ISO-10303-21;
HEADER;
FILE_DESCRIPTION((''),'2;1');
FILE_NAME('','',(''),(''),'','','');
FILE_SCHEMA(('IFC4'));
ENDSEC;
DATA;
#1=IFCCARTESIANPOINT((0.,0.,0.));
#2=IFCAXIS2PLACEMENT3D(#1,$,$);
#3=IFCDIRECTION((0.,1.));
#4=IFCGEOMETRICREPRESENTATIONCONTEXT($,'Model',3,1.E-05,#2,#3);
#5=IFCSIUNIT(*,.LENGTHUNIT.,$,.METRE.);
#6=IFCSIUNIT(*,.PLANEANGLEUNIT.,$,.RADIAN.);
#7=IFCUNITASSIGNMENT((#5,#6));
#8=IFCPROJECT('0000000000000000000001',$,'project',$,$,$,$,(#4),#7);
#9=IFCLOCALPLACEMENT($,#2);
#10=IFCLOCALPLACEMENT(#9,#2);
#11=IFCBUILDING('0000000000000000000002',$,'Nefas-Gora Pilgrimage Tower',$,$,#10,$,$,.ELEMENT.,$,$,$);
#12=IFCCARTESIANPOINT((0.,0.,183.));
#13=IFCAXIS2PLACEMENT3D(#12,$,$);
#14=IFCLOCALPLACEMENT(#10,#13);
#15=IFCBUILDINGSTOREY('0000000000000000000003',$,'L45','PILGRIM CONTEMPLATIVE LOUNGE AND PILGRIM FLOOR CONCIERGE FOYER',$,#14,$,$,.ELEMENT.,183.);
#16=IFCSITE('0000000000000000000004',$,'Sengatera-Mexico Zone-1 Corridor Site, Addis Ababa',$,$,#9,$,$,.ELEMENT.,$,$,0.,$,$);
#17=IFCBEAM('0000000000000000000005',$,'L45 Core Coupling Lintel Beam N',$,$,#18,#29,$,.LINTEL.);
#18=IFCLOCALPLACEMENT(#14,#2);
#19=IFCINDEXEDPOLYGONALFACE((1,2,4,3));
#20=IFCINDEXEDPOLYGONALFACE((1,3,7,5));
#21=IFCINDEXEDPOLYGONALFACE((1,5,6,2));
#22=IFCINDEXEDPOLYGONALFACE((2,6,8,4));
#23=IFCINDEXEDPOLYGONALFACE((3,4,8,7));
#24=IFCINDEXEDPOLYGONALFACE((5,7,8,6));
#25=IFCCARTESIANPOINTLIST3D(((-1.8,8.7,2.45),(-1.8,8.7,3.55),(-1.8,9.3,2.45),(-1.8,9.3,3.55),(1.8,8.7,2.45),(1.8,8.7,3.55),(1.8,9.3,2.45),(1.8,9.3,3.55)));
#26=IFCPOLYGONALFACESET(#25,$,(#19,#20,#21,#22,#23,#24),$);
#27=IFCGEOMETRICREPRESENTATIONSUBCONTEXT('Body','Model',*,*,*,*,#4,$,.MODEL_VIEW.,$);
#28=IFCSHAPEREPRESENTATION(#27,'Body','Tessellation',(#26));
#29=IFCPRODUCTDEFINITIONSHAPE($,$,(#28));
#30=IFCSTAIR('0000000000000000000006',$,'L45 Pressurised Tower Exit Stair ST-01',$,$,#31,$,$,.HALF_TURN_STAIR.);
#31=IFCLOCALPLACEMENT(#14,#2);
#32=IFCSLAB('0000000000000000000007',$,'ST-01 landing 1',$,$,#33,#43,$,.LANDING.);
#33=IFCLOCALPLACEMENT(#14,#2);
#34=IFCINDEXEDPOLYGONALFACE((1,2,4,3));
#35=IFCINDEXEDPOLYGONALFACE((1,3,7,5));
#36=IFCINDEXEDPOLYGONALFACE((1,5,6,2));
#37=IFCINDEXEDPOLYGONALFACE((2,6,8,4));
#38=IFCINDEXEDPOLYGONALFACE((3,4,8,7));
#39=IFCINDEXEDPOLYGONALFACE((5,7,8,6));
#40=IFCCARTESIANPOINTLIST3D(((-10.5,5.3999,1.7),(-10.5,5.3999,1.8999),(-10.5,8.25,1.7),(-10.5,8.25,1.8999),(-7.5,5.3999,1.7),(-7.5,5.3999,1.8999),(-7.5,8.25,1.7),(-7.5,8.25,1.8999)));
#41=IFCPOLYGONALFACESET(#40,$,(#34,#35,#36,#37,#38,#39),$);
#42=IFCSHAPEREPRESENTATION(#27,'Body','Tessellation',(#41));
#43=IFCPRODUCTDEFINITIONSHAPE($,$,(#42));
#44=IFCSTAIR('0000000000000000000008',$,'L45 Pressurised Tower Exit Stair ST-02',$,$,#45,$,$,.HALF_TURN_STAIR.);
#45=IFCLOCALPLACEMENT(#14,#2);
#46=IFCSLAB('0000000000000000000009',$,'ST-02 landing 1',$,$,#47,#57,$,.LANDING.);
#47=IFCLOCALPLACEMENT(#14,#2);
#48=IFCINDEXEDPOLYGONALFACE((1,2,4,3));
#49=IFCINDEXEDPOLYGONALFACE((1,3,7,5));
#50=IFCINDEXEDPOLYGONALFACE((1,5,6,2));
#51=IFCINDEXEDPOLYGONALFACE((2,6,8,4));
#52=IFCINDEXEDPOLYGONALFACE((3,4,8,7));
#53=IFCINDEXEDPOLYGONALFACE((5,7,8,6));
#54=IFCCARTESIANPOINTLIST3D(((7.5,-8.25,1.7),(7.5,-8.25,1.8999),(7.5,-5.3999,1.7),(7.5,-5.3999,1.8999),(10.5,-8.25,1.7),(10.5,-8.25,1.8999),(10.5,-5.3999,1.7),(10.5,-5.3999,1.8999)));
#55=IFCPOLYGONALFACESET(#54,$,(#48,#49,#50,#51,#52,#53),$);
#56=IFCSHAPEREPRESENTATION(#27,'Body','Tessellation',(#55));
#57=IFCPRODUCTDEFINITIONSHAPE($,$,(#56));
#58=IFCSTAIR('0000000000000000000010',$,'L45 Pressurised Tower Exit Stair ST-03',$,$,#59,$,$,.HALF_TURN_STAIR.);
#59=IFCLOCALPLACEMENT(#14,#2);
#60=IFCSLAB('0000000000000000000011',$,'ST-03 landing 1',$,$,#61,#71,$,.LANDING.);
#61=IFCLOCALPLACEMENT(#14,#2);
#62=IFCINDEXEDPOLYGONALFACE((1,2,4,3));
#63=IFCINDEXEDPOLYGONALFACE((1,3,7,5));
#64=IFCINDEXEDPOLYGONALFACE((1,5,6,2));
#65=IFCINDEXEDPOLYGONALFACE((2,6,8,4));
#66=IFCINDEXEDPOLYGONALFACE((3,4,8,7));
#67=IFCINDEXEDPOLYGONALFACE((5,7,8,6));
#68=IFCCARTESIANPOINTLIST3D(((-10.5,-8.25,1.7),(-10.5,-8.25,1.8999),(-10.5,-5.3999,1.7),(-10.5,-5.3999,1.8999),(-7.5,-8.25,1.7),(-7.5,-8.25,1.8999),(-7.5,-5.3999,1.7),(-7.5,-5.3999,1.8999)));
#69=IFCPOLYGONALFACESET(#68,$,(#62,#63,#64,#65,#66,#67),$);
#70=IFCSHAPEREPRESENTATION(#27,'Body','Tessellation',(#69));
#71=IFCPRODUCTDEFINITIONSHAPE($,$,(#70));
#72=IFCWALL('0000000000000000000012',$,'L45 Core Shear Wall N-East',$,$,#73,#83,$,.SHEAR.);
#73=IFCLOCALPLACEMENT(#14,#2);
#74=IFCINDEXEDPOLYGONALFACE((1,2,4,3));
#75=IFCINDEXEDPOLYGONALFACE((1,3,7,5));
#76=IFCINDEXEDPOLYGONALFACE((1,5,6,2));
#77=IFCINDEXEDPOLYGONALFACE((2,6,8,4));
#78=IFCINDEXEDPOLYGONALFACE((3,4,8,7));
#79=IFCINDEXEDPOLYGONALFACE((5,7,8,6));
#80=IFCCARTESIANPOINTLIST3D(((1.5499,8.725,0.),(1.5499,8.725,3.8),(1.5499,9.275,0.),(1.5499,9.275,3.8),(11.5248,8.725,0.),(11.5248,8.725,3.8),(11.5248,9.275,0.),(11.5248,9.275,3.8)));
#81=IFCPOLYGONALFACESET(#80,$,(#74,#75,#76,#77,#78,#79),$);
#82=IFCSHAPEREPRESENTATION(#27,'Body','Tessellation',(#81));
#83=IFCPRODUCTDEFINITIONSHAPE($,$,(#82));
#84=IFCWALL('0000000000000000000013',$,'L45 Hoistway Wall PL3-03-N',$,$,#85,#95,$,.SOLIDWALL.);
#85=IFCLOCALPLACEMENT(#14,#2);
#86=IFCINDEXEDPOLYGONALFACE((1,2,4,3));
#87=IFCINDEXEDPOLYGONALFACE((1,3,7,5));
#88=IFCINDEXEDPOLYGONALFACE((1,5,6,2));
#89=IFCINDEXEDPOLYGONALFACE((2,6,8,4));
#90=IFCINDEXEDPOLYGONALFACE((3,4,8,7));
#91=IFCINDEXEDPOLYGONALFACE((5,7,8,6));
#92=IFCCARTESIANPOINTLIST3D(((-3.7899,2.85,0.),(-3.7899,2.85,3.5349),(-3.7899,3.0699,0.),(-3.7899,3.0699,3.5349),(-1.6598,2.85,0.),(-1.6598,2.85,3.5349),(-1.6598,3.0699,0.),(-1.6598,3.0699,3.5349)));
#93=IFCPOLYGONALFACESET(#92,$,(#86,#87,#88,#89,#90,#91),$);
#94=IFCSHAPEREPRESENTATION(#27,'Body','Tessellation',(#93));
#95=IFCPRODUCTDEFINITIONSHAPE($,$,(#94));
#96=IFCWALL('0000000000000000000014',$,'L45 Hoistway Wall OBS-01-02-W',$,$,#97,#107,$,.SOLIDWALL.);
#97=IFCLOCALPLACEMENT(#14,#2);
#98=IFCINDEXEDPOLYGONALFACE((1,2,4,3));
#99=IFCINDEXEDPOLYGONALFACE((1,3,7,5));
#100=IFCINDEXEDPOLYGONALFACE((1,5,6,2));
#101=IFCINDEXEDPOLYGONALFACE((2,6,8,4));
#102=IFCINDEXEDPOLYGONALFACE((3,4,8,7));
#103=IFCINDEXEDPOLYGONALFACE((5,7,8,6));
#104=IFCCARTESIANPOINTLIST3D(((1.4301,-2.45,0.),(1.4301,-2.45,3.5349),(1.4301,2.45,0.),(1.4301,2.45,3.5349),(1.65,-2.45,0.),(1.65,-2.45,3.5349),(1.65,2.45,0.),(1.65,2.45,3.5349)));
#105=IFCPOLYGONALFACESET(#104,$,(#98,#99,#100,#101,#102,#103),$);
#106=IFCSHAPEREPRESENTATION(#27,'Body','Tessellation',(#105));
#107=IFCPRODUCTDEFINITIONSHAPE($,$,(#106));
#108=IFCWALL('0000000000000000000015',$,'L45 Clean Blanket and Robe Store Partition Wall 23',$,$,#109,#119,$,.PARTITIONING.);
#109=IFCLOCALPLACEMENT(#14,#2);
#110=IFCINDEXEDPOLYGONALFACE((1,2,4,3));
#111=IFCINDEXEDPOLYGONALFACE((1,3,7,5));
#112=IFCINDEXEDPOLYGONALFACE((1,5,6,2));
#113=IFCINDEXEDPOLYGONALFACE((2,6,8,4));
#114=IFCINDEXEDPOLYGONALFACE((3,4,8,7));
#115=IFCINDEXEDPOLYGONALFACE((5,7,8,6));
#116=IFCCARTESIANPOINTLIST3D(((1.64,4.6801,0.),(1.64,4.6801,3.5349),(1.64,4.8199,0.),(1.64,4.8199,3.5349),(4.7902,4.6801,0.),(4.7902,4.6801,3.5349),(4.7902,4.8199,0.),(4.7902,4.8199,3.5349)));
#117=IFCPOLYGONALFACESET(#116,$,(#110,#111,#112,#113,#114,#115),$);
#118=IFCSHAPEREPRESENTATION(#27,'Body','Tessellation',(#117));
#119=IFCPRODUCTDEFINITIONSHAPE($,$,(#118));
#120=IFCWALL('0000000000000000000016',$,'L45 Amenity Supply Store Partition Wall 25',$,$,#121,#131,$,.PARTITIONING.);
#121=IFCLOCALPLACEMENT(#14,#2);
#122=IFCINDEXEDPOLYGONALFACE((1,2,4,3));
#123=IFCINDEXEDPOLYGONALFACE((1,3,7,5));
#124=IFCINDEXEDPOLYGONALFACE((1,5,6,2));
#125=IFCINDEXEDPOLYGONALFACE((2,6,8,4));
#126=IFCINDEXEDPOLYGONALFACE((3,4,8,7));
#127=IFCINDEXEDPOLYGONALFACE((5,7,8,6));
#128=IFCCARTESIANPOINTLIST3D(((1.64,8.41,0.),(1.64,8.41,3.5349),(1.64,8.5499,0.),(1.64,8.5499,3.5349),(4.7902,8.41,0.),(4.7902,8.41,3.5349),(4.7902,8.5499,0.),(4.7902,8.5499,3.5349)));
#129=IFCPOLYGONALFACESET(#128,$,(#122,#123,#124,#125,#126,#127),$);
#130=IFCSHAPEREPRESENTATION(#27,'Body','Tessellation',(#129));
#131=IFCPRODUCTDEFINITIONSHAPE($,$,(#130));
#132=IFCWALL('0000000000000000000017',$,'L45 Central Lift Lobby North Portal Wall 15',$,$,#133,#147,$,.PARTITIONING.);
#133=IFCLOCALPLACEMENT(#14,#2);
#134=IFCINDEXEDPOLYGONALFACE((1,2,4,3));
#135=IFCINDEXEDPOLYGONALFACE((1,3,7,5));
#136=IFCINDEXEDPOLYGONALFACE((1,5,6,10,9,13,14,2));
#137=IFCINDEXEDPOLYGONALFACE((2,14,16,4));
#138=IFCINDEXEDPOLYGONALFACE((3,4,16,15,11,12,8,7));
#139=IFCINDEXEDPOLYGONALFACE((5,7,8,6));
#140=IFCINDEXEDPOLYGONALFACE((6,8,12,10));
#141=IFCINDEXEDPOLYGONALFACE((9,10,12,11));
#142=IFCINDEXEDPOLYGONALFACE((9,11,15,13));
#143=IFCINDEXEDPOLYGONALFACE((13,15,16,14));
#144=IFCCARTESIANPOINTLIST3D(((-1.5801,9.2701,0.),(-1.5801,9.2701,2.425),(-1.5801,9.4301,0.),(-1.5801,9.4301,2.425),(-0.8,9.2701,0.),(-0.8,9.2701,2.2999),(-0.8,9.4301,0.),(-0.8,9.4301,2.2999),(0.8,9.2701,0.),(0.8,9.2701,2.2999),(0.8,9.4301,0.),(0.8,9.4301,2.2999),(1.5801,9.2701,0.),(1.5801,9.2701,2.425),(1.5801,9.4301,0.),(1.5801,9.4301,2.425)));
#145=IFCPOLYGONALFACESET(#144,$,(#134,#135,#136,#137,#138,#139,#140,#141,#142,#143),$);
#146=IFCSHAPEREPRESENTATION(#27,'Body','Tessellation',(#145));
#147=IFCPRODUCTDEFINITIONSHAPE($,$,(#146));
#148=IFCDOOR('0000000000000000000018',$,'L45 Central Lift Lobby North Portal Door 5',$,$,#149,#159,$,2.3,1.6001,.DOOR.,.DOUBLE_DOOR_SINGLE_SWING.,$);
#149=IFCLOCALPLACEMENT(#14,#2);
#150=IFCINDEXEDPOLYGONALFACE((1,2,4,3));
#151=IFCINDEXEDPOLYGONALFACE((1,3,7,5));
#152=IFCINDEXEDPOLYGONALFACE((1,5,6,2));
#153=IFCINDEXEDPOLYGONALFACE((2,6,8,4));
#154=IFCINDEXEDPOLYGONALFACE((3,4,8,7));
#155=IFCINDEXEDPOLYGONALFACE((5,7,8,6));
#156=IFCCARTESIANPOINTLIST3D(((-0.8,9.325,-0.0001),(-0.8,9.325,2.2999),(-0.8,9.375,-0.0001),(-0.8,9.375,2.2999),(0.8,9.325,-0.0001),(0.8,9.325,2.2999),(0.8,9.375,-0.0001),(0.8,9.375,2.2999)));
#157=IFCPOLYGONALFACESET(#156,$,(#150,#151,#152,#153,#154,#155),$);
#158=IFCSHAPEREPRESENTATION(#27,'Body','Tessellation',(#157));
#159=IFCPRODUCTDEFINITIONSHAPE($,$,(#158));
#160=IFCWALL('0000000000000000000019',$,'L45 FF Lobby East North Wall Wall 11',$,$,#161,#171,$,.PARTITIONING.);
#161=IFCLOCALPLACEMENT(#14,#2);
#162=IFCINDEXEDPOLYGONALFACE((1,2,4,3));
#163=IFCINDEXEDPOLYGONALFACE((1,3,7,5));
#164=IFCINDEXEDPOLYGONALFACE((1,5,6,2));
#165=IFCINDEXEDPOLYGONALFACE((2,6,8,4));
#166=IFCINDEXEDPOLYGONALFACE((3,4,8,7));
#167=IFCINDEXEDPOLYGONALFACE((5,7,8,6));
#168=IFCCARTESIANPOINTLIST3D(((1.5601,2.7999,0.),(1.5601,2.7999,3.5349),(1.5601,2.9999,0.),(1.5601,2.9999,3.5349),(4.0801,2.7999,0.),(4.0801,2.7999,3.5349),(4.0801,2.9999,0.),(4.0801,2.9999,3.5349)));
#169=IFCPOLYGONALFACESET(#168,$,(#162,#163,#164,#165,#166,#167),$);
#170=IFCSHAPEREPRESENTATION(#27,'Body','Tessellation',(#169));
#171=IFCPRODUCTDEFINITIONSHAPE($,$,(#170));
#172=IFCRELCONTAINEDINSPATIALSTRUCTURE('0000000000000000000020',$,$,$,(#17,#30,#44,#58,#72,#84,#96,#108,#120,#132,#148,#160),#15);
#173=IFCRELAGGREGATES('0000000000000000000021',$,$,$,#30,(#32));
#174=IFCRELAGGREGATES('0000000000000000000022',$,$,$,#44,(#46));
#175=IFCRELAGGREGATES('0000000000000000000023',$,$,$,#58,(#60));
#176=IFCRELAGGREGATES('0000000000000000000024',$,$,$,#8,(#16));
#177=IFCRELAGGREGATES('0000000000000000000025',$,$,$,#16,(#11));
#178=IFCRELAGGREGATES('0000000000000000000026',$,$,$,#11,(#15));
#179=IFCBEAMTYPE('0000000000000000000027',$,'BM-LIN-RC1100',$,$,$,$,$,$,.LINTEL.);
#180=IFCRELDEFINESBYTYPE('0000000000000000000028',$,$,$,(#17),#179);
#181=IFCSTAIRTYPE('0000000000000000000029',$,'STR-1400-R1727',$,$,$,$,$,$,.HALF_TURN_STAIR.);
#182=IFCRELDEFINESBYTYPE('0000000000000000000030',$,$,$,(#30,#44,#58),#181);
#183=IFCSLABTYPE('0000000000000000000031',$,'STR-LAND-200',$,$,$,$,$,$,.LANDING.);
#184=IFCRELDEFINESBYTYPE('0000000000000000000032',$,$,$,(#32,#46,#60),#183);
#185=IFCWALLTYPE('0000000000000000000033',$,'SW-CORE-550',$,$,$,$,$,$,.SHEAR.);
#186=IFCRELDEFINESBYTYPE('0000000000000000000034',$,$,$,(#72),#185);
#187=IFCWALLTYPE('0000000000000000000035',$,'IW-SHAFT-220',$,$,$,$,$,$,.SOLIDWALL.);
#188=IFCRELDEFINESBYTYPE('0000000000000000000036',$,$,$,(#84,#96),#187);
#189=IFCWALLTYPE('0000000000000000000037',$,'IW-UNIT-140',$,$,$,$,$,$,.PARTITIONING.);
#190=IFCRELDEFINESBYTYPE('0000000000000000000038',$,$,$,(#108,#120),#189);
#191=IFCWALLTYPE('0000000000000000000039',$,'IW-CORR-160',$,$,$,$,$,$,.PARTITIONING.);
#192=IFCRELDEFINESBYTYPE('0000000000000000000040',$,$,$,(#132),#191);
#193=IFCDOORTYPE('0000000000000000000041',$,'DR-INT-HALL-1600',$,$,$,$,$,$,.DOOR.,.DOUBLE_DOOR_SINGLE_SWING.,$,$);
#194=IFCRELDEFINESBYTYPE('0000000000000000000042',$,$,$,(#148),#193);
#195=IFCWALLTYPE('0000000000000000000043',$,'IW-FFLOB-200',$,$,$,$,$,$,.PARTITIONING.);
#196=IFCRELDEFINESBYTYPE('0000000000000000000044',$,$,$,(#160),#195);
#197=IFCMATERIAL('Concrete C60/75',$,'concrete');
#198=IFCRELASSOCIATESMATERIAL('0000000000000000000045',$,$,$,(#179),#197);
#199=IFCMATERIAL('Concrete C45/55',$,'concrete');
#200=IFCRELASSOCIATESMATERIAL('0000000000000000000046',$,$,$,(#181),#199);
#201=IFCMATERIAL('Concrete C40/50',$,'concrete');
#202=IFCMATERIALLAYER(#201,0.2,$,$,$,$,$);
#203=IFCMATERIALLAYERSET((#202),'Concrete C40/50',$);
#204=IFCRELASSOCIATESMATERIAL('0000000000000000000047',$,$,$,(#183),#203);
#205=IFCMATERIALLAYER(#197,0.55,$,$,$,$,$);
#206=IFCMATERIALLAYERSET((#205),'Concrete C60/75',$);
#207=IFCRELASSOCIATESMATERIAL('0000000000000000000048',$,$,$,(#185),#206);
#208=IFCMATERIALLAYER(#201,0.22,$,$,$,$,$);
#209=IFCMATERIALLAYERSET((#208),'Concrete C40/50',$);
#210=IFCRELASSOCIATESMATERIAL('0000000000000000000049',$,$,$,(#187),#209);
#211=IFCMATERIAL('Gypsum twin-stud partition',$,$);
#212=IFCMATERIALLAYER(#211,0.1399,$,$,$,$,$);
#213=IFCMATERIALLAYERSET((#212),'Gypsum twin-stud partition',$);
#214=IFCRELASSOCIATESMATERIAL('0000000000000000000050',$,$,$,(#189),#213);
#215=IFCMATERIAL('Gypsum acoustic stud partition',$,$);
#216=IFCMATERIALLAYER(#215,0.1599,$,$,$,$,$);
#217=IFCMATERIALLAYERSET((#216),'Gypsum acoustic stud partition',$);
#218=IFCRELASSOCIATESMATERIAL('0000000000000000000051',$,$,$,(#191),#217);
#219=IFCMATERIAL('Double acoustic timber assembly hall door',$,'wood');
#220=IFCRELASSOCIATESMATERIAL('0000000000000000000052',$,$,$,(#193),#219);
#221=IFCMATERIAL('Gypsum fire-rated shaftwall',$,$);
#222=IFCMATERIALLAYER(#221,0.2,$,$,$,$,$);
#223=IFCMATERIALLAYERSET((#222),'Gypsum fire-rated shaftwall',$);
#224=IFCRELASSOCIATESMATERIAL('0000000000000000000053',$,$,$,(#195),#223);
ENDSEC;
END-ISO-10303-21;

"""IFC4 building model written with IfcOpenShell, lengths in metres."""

from ifc_helpers import new_model, si_unit, direction, frame, frame_2d, origin, origin_2d, place, context, subcontext, project, spatial, polyline, rectangle, outline, extrude, source, transform, mapped, material, layer, layer_set, material_profile, profile_set, type_object, element, fill, aggregate, save


model = new_model("IFC4")

# Units and contexts
model_context = context("Model", 3, precision=1e-05, world=origin(), true_north=direction((0.0, 1.0)))
body_context = subcontext(model_context, "Body", "Model", "MODEL_VIEW")
ifc_project = project(units=[si_unit("LENGTHUNIT", "METRE"), si_unit("PLANEANGLEUNIT", "RADIAN")], contexts=[model_context])

# Site, building, storey
site_placement = place(None, origin())
site = spatial("IfcSite", under=ifc_project, at=site_placement, Name="Sengatera-Mexico Zone-1 Corridor Site, Addis Ababa", CompositionType="ELEMENT", RefElevation=0.0)
building_placement = place(site_placement, origin())
building = spatial("IfcBuilding", under=site, at=building_placement, Name="Nefas-Gora Pilgrimage Tower", CompositionType="ELEMENT")
storey_placement = place(building_placement, frame((0.0, 0.0, 183.0)))
storey = spatial("IfcBuildingStorey", under=building, at=storey_placement, Name="L45", Description="PILGRIM CONTEMPLATIVE LOUNGE AND PILGRIM FLOOR CONCIERGE FOYER", CompositionType="ELEMENT", Elevation=183.0)

# Beam
ifc_material_1 = material(Name="Concrete C60/75", Category="concrete")
ifc_material_profile = material_profile(ifc_material_1, rectangle(XDim=0.6001, YDim=1.1001, at=origin_2d()), Name="RC 600x1100")
ifc_profile_set = profile_set([ifc_material_profile], Name="Concrete C60/75")
beam_type = type_object("IfcBeamType", Name="BM-LIN-RC1100", PredefinedType="LINTEL", material=ifc_profile_set)
shared_shape_1 = source(origin(), body_context, "Body", "SweptSolid", [
    extrude(rectangle(XDim=0.6001, YDim=1.1001, at=origin_2d()), origin(), (0.0, 0.0, 1.0), 3.6001),
])
beam_placement = place(storey_placement, frame((-1.8, 9.0, 3.0), z_axis=(1.0, 0.0, 0.0), x_axis=(0.0, 1.0, 0.0)))
element("IfcBeam", 1, at=beam_placement, inside=storey, type_object=beam_type, Name="L45 Core Coupling Lintel Beam N", PredefinedType="LINTEL", context=body_context, shape_type="MappedRepresentation", body=[
    mapped(shared_shape_1, transform((0.0, 0.0, 0.0), x_axis=(1.0, 0.0, 0.0), y_axis=(0.0, 1.0, 0.0), z_axis=(0.0, 0.0, 1.0), scale=1.0)),
])

# Stairs, slabs
ifc_material_2 = material(Name="Concrete C45/55", Category="concrete")
stair_type = type_object("IfcStairType", Name="STR-1400-R1727", PredefinedType="HALF_TURN_STAIR", material=ifc_material_2)
stair_1_placement = place(storey_placement, origin())
stair_1 = element("IfcStair", 2, at=stair_1_placement, inside=storey, type_object=stair_type, Name="L45 Pressurised Tower Exit Stair ST-01", PredefinedType="HALF_TURN_STAIR")
ifc_material_3 = material(Name="Concrete C40/50", Category="concrete")
ifc_layer_1 = layer(ifc_material_3, 0.2)
ifc_layer_set_1 = layer_set([ifc_layer_1], Name="Concrete C40/50")
slab_type = type_object("IfcSlabType", Name="STR-LAND-200", PredefinedType="LANDING", material=ifc_layer_set_1)
slab_1_placement = place(storey_placement, frame((0.0, 0.0, 1.7)))
slab_1 = element("IfcSlab", 3, at=slab_1_placement, type_object=slab_type, Name="ST-01 landing 1", PredefinedType="LANDING", context=body_context, shape_type="SweptSolid", body=[
    extrude(outline(polyline([(-7.5, 5.3999), (-7.5, 8.25), (-10.5, 8.25), (-10.5, 5.3999), (-7.5, 5.3999)])), origin(), (0.0, 0.0, 1.0), 0.2),
])
aggregate(stair_1, [slab_1])
stair_2_placement = place(storey_placement, origin())
stair_2 = element("IfcStair", 4, at=stair_2_placement, inside=storey, type_object=stair_type, Name="L45 Pressurised Tower Exit Stair ST-02", PredefinedType="HALF_TURN_STAIR")
slab_2_placement = place(storey_placement, frame((0.0, 0.0, 1.7)))
slab_2 = element("IfcSlab", 5, at=slab_2_placement, type_object=slab_type, Name="ST-02 landing 1", PredefinedType="LANDING", context=body_context, shape_type="SweptSolid", body=[
    extrude(outline(polyline([(7.5, -5.3999), (7.5, -8.25), (10.5, -8.25), (10.5, -5.3999), (7.5, -5.3999)])), origin(), (0.0, 0.0, 1.0), 0.2),
])
aggregate(stair_2, [slab_2])
stair_3_placement = place(storey_placement, origin())
stair_3 = element("IfcStair", 6, at=stair_3_placement, inside=storey, type_object=stair_type, Name="L45 Pressurised Tower Exit Stair ST-03", PredefinedType="HALF_TURN_STAIR")
slab_3_placement = place(storey_placement, frame((0.0, 0.0, 1.7)))
slab_3 = element("IfcSlab", 7, at=slab_3_placement, type_object=slab_type, Name="ST-03 landing 1", PredefinedType="LANDING", context=body_context, shape_type="SweptSolid", body=[
    extrude(outline(polyline([(-10.5, -5.3999), (-10.5, -8.25), (-7.5, -8.25), (-7.5, -5.3999), (-10.5, -5.3999)])), origin(), (0.0, 0.0, 1.0), 0.2),
])
aggregate(stair_3, [slab_3])

# Walls
ifc_layer_2 = layer(ifc_material_1, 0.55)
ifc_layer_set_2 = layer_set([ifc_layer_2], Name="Concrete C60/75")
wall_type_1 = type_object("IfcWallType", Name="SW-CORE-550", PredefinedType="SHEAR", material=ifc_layer_set_2)
shared_shape_2 = source(origin(), body_context, "Body", "SweptSolid", [
    extrude(rectangle(XDim=9.9749, YDim=0.55, at=frame_2d((4.9873, 0.0))), origin(), (0.0, 0.0, 1.0), 3.8),
])
wall_1_placement = place(storey_placement, frame((1.55, 9.0, 0.0), z_axis=(0.0, 0.0, 1.0), x_axis=(1.0, 0.0, 0.0)))
element("IfcWall", 8, at=wall_1_placement, inside=storey, type_object=wall_type_1, Name="L45 Core Shear Wall N-East", PredefinedType="SHEAR", context=body_context, shape_type="MappedRepresentation", body=[
    mapped(shared_shape_2, transform((0.0, 0.0, 0.0), x_axis=(1.0, 0.0, 0.0), y_axis=(0.0, 1.0, 0.0), z_axis=(0.0, 0.0, 1.0), scale=1.0)),
])
ifc_layer_3 = layer(ifc_material_3, 0.22)
ifc_layer_set_3 = layer_set([ifc_layer_3], Name="Concrete C40/50")
wall_type_2 = type_object("IfcWallType", Name="IW-SHAFT-220", PredefinedType="SOLIDWALL", material=ifc_layer_set_3)
shared_shape_3 = source(origin(), body_context, "Body", "SweptSolid", [
    extrude(rectangle(XDim=2.1301, YDim=0.22, at=frame_2d((1.0649, 0.0))), origin(), (0.0, 0.0, 1.0), 3.5349),
])
wall_2_placement = place(storey_placement, frame((-1.6599, 2.96, 0.0), z_axis=(0.0, 0.0, 1.0), x_axis=(-1.0, 0.0, 0.0)))
element("IfcWall", 9, at=wall_2_placement, inside=storey, type_object=wall_type_2, Name="L45 Hoistway Wall PL3-03-N", PredefinedType="SOLIDWALL", context=body_context, shape_type="MappedRepresentation", body=[
    mapped(shared_shape_3, transform((0.0, 0.0, 0.0), x_axis=(1.0, 0.0, 0.0), y_axis=(0.0, 1.0, 0.0), z_axis=(0.0, 0.0, 1.0), scale=1.0)),
])
shared_shape_4 = source(origin(), body_context, "Body", "SweptSolid", [
    extrude(rectangle(XDim=4.8999, YDim=0.22, at=frame_2d((2.45, 0.0))), origin(), (0.0, 0.0, 1.0), 3.5349),
])
wall_3_placement = place(storey_placement, frame((1.54, 2.45, 0.0), z_axis=(0.0, 0.0, 1.0), x_axis=(0.0, -1.0, 0.0)))
element("IfcWall", 10, at=wall_3_placement, inside=storey, type_object=wall_type_2, Name="L45 Hoistway Wall OBS-01-02-W", PredefinedType="SOLIDWALL", context=body_context, shape_type="MappedRepresentation", body=[
    mapped(shared_shape_4, transform((0.0, 0.0, 0.0), x_axis=(1.0, 0.0, 0.0), y_axis=(0.0, 1.0, 0.0), z_axis=(0.0, 0.0, 1.0), scale=1.0)),
])
ifc_material_4 = material(Name="Gypsum twin-stud partition")
ifc_layer_4 = layer(ifc_material_4, 0.1399)
ifc_layer_set_4 = layer_set([ifc_layer_4], Name="Gypsum twin-stud partition")
wall_type_3 = type_object("IfcWallType", Name="IW-UNIT-140", PredefinedType="PARTITIONING", material=ifc_layer_set_4)
shared_shape_5 = source(origin(), body_context, "Body", "SweptSolid", [
    extrude(rectangle(XDim=3.1501, YDim=0.1399, at=frame_2d((1.5752, 0.0))), origin(), (0.0, 0.0, 1.0), 3.5349),
])
for number, where, z_axis, x_axis, name in (
    (11, (1.6399, 4.75, 0.0), (0.0, 0.0, 1.0), (1.0, 0.0, 0.0), "L45 Clean Blanket and Robe Store Partition Wall 23"),
    (12, (1.6399, 8.48, 0.0), (0.0, 0.0, 1.0), (1.0, 0.0, 0.0), "L45 Amenity Supply Store Partition Wall 25"),
):
    element("IfcWall", number, at=place(storey_placement, frame(where, z_axis=z_axis, x_axis=x_axis)), inside=storey, type_object=wall_type_3, Name=name, PredefinedType="PARTITIONING", context=body_context, shape_type="MappedRepresentation", body=[
        mapped(shared_shape_5, transform((0.0, 0.0, 0.0), x_axis=(1.0, 0.0, 0.0), y_axis=(0.0, 1.0, 0.0), z_axis=(0.0, 0.0, 1.0), scale=1.0)),
    ])

# Wall, opening, door
ifc_material_5 = material(Name="Gypsum acoustic stud partition")
ifc_layer_5 = layer(ifc_material_5, 0.1599)
ifc_layer_set_5 = layer_set([ifc_layer_5], Name="Gypsum acoustic stud partition")
wall_type_4 = type_object("IfcWallType", Name="IW-CORR-160", PredefinedType="PARTITIONING", material=ifc_layer_set_5)
shared_shape_6 = source(origin(), body_context, "Body", "SweptSolid", [
    extrude(rectangle(XDim=3.1602, YDim=0.1599, at=frame_2d((1.5801, 0.0))), origin(), (0.0, 0.0, 1.0), 2.425),
])
wall_4_placement = place(storey_placement, frame((-1.5801, 9.3501, 0.0), z_axis=(0.0, 0.0, 1.0), x_axis=(1.0, 0.0, 0.0)))
wall_4 = element("IfcWall", 13, at=wall_4_placement, inside=storey, type_object=wall_type_4, Name="L45 Central Lift Lobby North Portal Wall 15", PredefinedType="PARTITIONING", context=body_context, shape_type="MappedRepresentation", body=[
    mapped(shared_shape_6, transform((0.0, 0.0, 0.0), x_axis=(1.0, 0.0, 0.0), y_axis=(0.0, 1.0, 0.0), z_axis=(0.0, 0.0, 1.0), scale=1.0)),
])
opening_1_placement = place(wall_4_placement, frame((0.78, 0.0, 0.0)))
opening_1 = element("IfcOpeningElement", 14, at=opening_1_placement, cuts=wall_4, PredefinedType="OPENING", context=body_context, shape_type="SweptSolid", body=[
    extrude(rectangle(XDim=1.6001, YDim=2.3, at=frame_2d((0.8, 1.1499))), frame((0.0, 0.0898, 0.0), z_axis=(0.0, -1.0, 0.0), x_axis=(1.0, 0.0, 0.0)), (0.0, 0.0, 1.0), 0.1799),
])
ifc_material_6 = material(Name="Double acoustic timber assembly hall door", Category="wood")
door_type_1 = type_object("IfcDoorType", Name="DR-INT-HALL-1600", OperationType="DOUBLE_DOOR_SINGLE_SWING", PredefinedType="DOOR", material=ifc_material_6)
shared_shape_7 = source(origin(), body_context, "Body", "SweptSolid", [
    extrude(rectangle(XDim=1.6001, YDim=2.3, at=frame_2d((0.8, 1.1499))), frame((0.0, 0.0249, 0.0), z_axis=(0.0, -1.0, 0.0), x_axis=(1.0, 0.0, 0.0)), (0.0, 0.0, 1.0), 0.05),
])
door_1_placement = place(opening_1_placement, origin())
door_1 = element("IfcDoor", 15, at=door_1_placement, inside=storey, type_object=door_type_1, Name="L45 Central Lift Lobby North Portal Door 5", OperationType="DOUBLE_DOOR_SINGLE_SWING", OverallHeight=2.3, OverallWidth=1.6001, PredefinedType="DOOR", context=body_context, shape_type="MappedRepresentation", body=[
    mapped(shared_shape_7, transform((0.0, 0.0, 0.0), x_axis=(1.0, 0.0, 0.0), y_axis=(0.0, 1.0, 0.0), z_axis=(0.0, 0.0, 1.0), scale=1.0)),
])
fill(opening_1, door_1)

# Wall
ifc_material_7 = material(Name="Gypsum fire-rated shaftwall")
ifc_layer_6 = layer(ifc_material_7, 0.2)
ifc_layer_set_6 = layer_set([ifc_layer_6], Name="Gypsum fire-rated shaftwall")
wall_type_5 = type_object("IfcWallType", Name="IW-FFLOB-200", PredefinedType="PARTITIONING", material=ifc_layer_set_6)
shared_shape_8 = source(origin(), body_context, "Body", "SweptSolid", [
    extrude(rectangle(XDim=2.52, YDim=0.2, at=frame_2d((1.26, 0.0))), origin(), (0.0, 0.0, 1.0), 3.5349),
])
wall_5_placement = place(storey_placement, frame((1.5601, 2.8999, 0.0), z_axis=(0.0, 0.0, 1.0), x_axis=(1.0, 0.0, 0.0)))
element("IfcWall", 16, at=wall_5_placement, inside=storey, type_object=wall_type_5, Name="L45 FF Lobby East North Wall Wall 11", PredefinedType="PARTITIONING", context=body_context, shape_type="MappedRepresentation", body=[
    mapped(shared_shape_8, transform((0.0, 0.0, 0.0), x_axis=(1.0, 0.0, 0.0), y_axis=(0.0, 1.0, 0.0), z_axis=(0.0, 0.0, 1.0), scale=1.0)),
])

save(model, "model.ifc")
